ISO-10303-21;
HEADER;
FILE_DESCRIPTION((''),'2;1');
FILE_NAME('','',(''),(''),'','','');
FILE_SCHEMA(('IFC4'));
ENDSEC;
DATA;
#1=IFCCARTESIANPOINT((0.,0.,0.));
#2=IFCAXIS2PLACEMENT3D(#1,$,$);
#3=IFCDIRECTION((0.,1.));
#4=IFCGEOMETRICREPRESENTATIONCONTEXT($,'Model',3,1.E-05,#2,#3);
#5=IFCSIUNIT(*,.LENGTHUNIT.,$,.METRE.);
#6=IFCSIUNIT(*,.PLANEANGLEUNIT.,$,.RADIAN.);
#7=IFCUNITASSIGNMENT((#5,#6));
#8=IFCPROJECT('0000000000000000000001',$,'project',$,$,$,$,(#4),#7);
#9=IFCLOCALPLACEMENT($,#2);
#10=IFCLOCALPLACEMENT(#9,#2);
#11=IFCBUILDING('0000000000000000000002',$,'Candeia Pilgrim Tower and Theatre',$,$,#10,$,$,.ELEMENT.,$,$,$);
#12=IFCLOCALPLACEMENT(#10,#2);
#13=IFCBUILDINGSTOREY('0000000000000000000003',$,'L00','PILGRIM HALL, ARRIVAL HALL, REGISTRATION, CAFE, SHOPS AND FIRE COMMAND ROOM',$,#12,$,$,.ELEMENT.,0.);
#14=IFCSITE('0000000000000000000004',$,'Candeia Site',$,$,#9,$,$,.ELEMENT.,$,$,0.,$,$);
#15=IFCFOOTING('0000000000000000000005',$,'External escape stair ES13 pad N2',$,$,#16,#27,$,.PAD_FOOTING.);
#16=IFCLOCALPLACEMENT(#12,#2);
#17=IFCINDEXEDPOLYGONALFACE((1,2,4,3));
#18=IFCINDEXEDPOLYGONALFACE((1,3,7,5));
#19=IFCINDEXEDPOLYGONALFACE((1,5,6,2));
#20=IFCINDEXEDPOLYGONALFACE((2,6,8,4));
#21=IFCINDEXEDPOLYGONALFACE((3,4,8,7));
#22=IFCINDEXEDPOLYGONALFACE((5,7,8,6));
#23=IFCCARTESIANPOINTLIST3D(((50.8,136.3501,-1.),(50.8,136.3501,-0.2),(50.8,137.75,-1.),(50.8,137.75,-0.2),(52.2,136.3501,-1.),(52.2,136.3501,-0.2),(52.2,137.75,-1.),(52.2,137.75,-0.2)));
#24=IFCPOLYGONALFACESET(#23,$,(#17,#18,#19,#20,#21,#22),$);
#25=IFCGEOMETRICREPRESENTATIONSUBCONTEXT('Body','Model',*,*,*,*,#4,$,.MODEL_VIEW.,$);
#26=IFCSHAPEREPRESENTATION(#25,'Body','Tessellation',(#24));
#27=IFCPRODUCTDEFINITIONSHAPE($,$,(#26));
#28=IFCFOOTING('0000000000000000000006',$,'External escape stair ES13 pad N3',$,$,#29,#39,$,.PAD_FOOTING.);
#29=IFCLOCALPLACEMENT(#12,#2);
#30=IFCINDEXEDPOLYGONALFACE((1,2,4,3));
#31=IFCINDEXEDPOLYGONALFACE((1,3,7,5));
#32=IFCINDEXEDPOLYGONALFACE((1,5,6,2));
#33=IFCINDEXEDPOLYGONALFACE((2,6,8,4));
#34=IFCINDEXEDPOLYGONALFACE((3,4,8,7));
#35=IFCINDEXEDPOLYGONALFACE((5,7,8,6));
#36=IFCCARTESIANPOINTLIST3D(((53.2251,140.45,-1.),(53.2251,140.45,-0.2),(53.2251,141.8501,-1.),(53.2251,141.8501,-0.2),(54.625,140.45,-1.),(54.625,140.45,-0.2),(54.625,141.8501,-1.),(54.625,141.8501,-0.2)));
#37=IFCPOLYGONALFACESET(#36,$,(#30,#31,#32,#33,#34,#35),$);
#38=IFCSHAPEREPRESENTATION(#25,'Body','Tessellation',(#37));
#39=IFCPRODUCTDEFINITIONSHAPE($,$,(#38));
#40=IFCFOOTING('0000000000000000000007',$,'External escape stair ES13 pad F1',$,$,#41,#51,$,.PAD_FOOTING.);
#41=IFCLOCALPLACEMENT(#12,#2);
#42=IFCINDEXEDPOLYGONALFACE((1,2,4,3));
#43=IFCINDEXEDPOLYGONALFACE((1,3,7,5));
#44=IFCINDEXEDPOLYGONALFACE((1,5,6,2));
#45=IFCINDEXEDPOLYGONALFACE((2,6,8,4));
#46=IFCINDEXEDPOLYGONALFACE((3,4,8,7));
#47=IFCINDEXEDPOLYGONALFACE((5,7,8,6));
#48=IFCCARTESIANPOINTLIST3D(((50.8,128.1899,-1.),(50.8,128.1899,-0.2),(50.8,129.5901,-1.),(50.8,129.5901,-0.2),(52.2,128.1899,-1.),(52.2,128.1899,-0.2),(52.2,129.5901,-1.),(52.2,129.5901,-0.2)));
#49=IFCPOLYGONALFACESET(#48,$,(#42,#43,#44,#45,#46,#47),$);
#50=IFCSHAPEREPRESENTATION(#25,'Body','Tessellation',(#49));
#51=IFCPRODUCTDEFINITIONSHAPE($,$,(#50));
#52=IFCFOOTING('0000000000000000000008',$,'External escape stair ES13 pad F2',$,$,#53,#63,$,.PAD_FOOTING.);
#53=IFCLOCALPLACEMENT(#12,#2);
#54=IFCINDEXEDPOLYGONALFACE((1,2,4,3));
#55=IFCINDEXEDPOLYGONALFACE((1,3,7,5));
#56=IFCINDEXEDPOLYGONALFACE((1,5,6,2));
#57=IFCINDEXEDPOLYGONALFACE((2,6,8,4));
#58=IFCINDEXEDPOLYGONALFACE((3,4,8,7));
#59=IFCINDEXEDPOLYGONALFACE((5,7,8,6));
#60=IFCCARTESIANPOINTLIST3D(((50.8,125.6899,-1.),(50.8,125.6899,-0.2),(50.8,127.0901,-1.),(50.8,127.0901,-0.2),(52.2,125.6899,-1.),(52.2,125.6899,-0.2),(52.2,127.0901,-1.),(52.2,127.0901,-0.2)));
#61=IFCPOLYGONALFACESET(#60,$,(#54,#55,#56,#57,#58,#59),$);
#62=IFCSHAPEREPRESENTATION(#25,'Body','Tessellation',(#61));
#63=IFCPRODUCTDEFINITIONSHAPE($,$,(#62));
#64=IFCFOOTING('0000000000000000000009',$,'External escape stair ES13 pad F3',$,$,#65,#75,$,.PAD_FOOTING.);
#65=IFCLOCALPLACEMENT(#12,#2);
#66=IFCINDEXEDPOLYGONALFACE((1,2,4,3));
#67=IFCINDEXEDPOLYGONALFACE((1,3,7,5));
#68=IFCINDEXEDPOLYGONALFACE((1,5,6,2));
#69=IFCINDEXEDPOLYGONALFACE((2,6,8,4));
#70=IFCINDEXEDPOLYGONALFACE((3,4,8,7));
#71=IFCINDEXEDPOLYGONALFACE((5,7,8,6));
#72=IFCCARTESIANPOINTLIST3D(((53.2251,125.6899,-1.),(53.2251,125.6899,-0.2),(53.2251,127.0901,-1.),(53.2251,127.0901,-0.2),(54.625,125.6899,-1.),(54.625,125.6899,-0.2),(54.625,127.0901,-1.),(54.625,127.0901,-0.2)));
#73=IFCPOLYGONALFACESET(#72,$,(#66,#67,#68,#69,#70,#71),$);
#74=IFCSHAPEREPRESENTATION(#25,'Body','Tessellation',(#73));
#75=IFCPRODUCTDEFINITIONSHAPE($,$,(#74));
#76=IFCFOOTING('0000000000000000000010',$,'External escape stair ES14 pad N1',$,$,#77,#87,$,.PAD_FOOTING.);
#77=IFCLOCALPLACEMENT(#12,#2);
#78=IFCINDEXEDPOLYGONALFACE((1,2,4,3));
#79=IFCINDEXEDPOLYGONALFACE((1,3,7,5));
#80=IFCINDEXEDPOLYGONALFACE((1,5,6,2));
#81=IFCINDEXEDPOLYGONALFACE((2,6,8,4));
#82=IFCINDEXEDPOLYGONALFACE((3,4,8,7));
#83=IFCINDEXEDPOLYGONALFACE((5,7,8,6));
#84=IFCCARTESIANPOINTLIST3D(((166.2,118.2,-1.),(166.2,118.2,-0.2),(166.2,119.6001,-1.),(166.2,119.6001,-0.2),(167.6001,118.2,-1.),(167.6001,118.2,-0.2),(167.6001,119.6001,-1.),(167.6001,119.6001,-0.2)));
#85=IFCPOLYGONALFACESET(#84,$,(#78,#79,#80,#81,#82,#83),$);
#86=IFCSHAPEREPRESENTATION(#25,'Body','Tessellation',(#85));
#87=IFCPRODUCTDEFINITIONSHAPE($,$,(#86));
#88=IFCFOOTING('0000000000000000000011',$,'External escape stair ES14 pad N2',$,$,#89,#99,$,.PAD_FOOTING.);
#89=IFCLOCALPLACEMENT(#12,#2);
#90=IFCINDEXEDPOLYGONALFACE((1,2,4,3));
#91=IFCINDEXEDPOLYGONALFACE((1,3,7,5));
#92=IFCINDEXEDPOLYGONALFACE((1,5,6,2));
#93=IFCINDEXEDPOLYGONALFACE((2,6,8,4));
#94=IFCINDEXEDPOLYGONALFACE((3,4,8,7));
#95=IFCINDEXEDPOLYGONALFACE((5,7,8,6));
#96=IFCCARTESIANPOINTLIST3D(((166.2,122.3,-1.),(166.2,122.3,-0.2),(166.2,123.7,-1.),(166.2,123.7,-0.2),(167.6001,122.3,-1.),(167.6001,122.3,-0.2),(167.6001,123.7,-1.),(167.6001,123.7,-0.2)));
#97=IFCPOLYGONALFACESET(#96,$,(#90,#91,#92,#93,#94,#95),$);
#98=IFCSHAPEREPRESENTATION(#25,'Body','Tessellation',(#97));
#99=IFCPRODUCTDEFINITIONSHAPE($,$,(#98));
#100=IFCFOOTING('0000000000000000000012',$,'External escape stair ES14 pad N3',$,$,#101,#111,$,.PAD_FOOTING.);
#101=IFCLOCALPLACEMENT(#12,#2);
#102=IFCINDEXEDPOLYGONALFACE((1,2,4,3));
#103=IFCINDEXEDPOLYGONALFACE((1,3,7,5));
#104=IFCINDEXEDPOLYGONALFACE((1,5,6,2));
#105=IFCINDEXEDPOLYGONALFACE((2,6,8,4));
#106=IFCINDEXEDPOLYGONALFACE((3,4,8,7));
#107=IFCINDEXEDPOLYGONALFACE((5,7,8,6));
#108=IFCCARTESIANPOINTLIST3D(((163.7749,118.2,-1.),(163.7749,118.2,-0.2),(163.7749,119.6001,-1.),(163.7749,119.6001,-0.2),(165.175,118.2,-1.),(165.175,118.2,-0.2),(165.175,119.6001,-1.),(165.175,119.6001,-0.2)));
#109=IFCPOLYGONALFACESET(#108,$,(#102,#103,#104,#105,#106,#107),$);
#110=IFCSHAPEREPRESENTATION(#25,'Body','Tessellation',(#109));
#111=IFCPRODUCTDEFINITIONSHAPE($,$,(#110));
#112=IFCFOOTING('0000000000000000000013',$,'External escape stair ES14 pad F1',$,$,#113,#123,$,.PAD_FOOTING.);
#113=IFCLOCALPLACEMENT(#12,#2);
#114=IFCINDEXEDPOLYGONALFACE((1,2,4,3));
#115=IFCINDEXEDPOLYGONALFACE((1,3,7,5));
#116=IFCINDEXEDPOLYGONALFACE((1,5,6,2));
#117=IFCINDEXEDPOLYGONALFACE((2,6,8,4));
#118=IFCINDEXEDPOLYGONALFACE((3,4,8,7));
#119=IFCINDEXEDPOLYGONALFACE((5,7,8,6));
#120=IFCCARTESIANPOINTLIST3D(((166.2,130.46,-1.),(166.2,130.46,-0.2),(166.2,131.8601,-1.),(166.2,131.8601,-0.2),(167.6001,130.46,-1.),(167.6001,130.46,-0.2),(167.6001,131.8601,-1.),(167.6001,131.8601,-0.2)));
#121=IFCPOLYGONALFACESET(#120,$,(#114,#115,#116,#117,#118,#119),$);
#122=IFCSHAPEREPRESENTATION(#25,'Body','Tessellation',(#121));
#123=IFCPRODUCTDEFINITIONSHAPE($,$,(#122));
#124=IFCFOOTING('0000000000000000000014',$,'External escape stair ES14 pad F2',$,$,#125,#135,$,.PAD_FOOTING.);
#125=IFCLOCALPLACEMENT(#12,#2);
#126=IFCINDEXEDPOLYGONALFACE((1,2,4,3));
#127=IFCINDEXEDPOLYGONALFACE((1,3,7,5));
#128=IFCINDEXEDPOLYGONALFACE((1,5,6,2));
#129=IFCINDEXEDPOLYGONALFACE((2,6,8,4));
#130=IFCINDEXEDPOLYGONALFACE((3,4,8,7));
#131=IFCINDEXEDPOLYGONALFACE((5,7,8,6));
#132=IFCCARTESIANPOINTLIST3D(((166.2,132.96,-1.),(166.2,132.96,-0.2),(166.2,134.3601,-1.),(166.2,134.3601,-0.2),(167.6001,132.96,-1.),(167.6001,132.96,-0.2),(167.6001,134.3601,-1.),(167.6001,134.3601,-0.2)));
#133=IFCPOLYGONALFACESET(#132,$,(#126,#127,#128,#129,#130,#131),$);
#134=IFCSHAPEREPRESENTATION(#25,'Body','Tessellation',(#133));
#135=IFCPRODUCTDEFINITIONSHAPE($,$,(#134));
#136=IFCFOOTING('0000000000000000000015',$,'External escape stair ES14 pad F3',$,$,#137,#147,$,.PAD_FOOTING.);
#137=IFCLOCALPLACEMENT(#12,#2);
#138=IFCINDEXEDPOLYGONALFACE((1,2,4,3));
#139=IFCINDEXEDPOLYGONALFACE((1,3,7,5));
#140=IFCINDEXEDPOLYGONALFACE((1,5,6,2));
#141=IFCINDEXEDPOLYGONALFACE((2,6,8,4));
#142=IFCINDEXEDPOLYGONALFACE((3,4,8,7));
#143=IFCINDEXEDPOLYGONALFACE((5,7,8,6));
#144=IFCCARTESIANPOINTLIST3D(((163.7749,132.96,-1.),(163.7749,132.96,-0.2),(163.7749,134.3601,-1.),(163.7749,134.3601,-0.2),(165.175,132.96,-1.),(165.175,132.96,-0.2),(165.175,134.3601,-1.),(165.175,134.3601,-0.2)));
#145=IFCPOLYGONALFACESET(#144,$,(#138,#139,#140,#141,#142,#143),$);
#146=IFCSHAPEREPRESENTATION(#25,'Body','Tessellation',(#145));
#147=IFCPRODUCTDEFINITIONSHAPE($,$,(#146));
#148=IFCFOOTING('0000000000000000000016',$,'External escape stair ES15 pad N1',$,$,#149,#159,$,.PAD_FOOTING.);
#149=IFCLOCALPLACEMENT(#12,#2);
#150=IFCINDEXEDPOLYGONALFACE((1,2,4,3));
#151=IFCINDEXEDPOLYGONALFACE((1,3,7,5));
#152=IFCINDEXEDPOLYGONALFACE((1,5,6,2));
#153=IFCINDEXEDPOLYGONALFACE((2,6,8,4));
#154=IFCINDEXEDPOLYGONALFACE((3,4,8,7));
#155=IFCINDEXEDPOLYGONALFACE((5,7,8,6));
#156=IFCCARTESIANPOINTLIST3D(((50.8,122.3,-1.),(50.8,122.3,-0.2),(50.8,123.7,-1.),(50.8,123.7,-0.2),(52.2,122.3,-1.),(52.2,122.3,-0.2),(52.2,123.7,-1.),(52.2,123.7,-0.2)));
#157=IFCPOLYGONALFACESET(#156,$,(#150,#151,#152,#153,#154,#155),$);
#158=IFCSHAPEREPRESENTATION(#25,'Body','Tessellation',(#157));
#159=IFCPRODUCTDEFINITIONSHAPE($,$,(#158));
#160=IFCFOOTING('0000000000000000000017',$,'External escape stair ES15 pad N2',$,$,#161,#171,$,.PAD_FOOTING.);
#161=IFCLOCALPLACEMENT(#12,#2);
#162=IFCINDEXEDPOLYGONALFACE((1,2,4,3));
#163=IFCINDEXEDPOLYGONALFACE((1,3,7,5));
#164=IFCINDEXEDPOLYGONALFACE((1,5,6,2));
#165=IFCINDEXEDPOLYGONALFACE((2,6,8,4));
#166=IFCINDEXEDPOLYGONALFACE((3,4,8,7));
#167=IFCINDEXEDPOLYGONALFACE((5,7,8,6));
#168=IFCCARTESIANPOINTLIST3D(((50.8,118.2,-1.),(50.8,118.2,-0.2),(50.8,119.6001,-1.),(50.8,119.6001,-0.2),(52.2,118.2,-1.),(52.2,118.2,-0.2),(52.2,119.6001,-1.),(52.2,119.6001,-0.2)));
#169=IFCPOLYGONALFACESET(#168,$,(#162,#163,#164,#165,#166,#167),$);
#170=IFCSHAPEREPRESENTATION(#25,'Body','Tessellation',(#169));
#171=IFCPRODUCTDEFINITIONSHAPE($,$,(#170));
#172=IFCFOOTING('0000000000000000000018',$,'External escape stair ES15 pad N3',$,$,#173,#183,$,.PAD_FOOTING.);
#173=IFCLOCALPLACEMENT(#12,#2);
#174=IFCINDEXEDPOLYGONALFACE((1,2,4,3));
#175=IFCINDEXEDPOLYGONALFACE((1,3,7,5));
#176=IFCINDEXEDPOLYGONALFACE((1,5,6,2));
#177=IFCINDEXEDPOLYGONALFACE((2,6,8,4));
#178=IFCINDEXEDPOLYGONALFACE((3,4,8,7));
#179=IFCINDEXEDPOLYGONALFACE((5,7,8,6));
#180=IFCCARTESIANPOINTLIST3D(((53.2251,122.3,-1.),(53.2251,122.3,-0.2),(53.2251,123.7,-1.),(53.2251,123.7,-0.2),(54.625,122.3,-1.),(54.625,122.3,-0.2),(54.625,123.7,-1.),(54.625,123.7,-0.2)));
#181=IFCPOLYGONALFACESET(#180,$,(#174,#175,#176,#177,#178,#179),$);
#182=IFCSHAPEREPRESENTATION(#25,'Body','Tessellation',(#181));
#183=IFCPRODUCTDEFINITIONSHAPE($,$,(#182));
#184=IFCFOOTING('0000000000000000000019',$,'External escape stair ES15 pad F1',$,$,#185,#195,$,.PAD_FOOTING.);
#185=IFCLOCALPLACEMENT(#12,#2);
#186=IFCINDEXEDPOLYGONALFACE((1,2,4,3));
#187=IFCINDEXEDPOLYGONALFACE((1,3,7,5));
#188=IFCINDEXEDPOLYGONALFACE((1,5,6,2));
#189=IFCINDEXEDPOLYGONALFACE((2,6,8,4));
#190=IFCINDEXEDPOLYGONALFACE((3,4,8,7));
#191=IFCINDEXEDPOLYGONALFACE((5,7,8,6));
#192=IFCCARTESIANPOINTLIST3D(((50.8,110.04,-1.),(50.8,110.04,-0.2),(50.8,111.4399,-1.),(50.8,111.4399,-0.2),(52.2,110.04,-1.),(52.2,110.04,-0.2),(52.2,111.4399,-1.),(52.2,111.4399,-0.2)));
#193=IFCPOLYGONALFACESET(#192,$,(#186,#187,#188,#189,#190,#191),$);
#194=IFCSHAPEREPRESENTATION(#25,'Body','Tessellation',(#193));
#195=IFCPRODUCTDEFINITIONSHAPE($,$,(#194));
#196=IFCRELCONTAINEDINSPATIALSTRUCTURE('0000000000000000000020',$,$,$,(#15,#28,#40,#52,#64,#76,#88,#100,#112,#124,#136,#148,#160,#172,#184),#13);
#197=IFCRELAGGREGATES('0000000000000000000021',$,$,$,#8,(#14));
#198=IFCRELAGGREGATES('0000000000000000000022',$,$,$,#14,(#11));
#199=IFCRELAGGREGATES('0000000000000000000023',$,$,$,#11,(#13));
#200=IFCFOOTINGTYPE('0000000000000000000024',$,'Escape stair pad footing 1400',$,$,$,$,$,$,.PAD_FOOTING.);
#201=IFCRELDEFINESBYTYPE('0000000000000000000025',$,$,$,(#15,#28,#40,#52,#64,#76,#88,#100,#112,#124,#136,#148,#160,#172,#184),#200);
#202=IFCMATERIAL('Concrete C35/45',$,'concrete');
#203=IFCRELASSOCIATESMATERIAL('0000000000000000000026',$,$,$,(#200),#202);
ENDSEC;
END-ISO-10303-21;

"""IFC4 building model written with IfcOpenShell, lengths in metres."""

from ifc_helpers import new_model, si_unit, direction, frame, origin, place, context, subcontext, project, spatial, polyline, outline, extrude, material, type_object, element, save


model = new_model("IFC4")

# Units and contexts
model_context = context("Model", 3, precision=1e-05, world=origin(), true_north=direction((0.0, 1.0)))
body_context = subcontext(model_context, "Body", "Model", "MODEL_VIEW")
ifc_project = project(units=[si_unit("LENGTHUNIT", "METRE"), si_unit("PLANEANGLEUNIT", "RADIAN")], contexts=[model_context])

# Site, building, storey
site_placement = place(None, origin())
site = spatial("IfcSite", under=ifc_project, at=site_placement, Name="Candeia Site", CompositionType="ELEMENT", RefElevation=0.0)
building_placement = place(site_placement, origin())
building = spatial("IfcBuilding", under=site, at=building_placement, Name="Candeia Pilgrim Tower and Theatre", CompositionType="ELEMENT")
storey_placement = place(building_placement, origin())
storey = spatial("IfcBuildingStorey", under=building, at=storey_placement, Name="L00", Description="PILGRIM HALL, ARRIVAL HALL, REGISTRATION, CAFE, SHOPS AND FIRE COMMAND ROOM", CompositionType="ELEMENT", Elevation=0.0)

# Footings
ifc_material_1 = material(Name="Concrete C35/45", Category="concrete")
footing_type = type_object("IfcFootingType", Name="Escape stair pad footing 1400", PredefinedType="PAD_FOOTING", material=ifc_material_1)
footing_1_placement = place(storey_placement, frame((0.0, 0.0, -1.0)))
element("IfcFooting", 1, at=footing_1_placement, inside=storey, type_object=footing_type, Name="External escape stair ES13 pad N2", PredefinedType="PAD_FOOTING", context=body_context, shape_type="SweptSolid", body=[
    extrude(outline(polyline([(50.8, 136.3501), (52.2, 136.3501), (52.2, 137.75), (50.8, 137.75), (50.8, 136.3501)])), origin(), (0.0, 0.0, 1.0), 0.8),
])
footing_2_placement = place(storey_placement, frame((0.0, 0.0, -1.0)))
element("IfcFooting", 2, at=footing_2_placement, inside=storey, type_object=footing_type, Name="External escape stair ES13 pad N3", PredefinedType="PAD_FOOTING", context=body_context, shape_type="SweptSolid", body=[
    extrude(outline(polyline([(53.2251, 140.45), (54.625, 140.45), (54.625, 141.8501), (53.2251, 141.8501), (53.2251, 140.45)])), origin(), (0.0, 0.0, 1.0), 0.8),
])
footing_3_placement = place(storey_placement, frame((0.0, 0.0, -1.0)))
element("IfcFooting", 3, at=footing_3_placement, inside=storey, type_object=footing_type, Name="External escape stair ES13 pad F1", PredefinedType="PAD_FOOTING", context=body_context, shape_type="SweptSolid", body=[
    extrude(outline(polyline([(50.8, 128.1899), (52.2, 128.1899), (52.2, 129.5901), (50.8, 129.5901), (50.8, 128.1899)])), origin(), (0.0, 0.0, 1.0), 0.8),
])
footing_4_placement = place(storey_placement, frame((0.0, 0.0, -1.0)))
element("IfcFooting", 4, at=footing_4_placement, inside=storey, type_object=footing_type, Name="External escape stair ES13 pad F2", PredefinedType="PAD_FOOTING", context=body_context, shape_type="SweptSolid", body=[
    extrude(outline(polyline([(50.8, 125.6899), (52.2, 125.6899), (52.2, 127.0901), (50.8, 127.0901), (50.8, 125.6899)])), origin(), (0.0, 0.0, 1.0), 0.8),
])
footing_5_placement = place(storey_placement, frame((0.0, 0.0, -1.0)))
element("IfcFooting", 5, at=footing_5_placement, inside=storey, type_object=footing_type, Name="External escape stair ES13 pad F3", PredefinedType="PAD_FOOTING", context=body_context, shape_type="SweptSolid", body=[
    extrude(outline(polyline([(53.2251, 125.6899), (54.625, 125.6899), (54.625, 127.0901), (53.2251, 127.0901), (53.2251, 125.6899)])), origin(), (0.0, 0.0, 1.0), 0.8),
])
footing_6_placement = place(storey_placement, frame((0.0, 0.0, -1.0)))
element("IfcFooting", 6, at=footing_6_placement, inside=storey, type_object=footing_type, Name="External escape stair ES14 pad N1", PredefinedType="PAD_FOOTING", context=body_context, shape_type="SweptSolid", body=[
    extrude(outline(polyline([(166.2, 118.2), (167.6001, 118.2), (167.6001, 119.6001), (166.2, 119.6001), (166.2, 118.2)])), origin(), (0.0, 0.0, 1.0), 0.8),
])
footing_7_placement = place(storey_placement, frame((0.0, 0.0, -1.0)))
element("IfcFooting", 7, at=footing_7_placement, inside=storey, type_object=footing_type, Name="External escape stair ES14 pad N2", PredefinedType="PAD_FOOTING", context=body_context, shape_type="SweptSolid", body=[
    extrude(outline(polyline([(166.2, 122.3), (167.6001, 122.3), (167.6001, 123.7), (166.2, 123.7), (166.2, 122.3)])), origin(), (0.0, 0.0, 1.0), 0.8),
])
footing_8_placement = place(storey_placement, frame((0.0, 0.0, -1.0)))
element("IfcFooting", 8, at=footing_8_placement, inside=storey, type_object=footing_type, Name="External escape stair ES14 pad N3", PredefinedType="PAD_FOOTING", context=body_context, shape_type="SweptSolid", body=[
    extrude(outline(polyline([(163.7749, 118.2), (165.175, 118.2), (165.175, 119.6001), (163.7749, 119.6001), (163.7749, 118.2)])), origin(), (0.0, 0.0, 1.0), 0.8),
])
footing_9_placement = place(storey_placement, frame((0.0, 0.0, -1.0)))
element("IfcFooting", 9, at=footing_9_placement, inside=storey, type_object=footing_type, Name="External escape stair ES14 pad F1", PredefinedType="PAD_FOOTING", context=body_context, shape_type="SweptSolid", body=[
    extrude(outline(polyline([(166.2, 130.46), (167.6001, 130.46), (167.6001, 131.8601), (166.2, 131.8601), (166.2, 130.46)])), origin(), (0.0, 0.0, 1.0), 0.8),
])
footing_10_placement = place(storey_placement, frame((0.0, 0.0, -1.0)))
element("IfcFooting", 10, at=footing_10_placement, inside=storey, type_object=footing_type, Name="External escape stair ES14 pad F2", PredefinedType="PAD_FOOTING", context=body_context, shape_type="SweptSolid", body=[
    extrude(outline(polyline([(166.2, 132.96), (167.6001, 132.96), (167.6001, 134.3601), (166.2, 134.3601), (166.2, 132.96)])), origin(), (0.0, 0.0, 1.0), 0.8),
])
footing_11_placement = place(storey_placement, frame((0.0, 0.0, -1.0)))
element("IfcFooting", 11, at=footing_11_placement, inside=storey, type_object=footing_type, Name="External escape stair ES14 pad F3", PredefinedType="PAD_FOOTING", context=body_context, shape_type="SweptSolid", body=[
    extrude(outline(polyline([(163.7749, 132.96), (165.175, 132.96), (165.175, 134.3601), (163.7749, 134.3601), (163.7749, 132.96)])), origin(), (0.0, 0.0, 1.0), 0.8),
])
footing_12_placement = place(storey_placement, frame((0.0, 0.0, -1.0)))
element("IfcFooting", 12, at=footing_12_placement, inside=storey, type_object=footing_type, Name="External escape stair ES15 pad N1", PredefinedType="PAD_FOOTING", context=body_context, shape_type="SweptSolid", body=[
    extrude(outline(polyline([(50.8, 122.3), (52.2, 122.3), (52.2, 123.7), (50.8, 123.7), (50.8, 122.3)])), origin(), (0.0, 0.0, 1.0), 0.8),
])
footing_13_placement = place(storey_placement, frame((0.0, 0.0, -1.0)))
element("IfcFooting", 13, at=footing_13_placement, inside=storey, type_object=footing_type, Name="External escape stair ES15 pad N2", PredefinedType="PAD_FOOTING", context=body_context, shape_type="SweptSolid", body=[
    extrude(outline(polyline([(50.8, 118.2), (52.2, 118.2), (52.2, 119.6001), (50.8, 119.6001), (50.8, 118.2)])), origin(), (0.0, 0.0, 1.0), 0.8),
])
footing_14_placement = place(storey_placement, frame((0.0, 0.0, -1.0)))
element("IfcFooting", 14, at=footing_14_placement, inside=storey, type_object=footing_type, Name="External escape stair ES15 pad N3", PredefinedType="PAD_FOOTING", context=body_context, shape_type="SweptSolid", body=[
    extrude(outline(polyline([(53.2251, 122.3), (54.625, 122.3), (54.625, 123.7), (53.2251, 123.7), (53.2251, 122.3)])), origin(), (0.0, 0.0, 1.0), 0.8),
])
footing_15_placement = place(storey_placement, frame((0.0, 0.0, -1.0)))
element("IfcFooting", 15, at=footing_15_placement, inside=storey, type_object=footing_type, Name="External escape stair ES15 pad F1", PredefinedType="PAD_FOOTING", context=body_context, shape_type="SweptSolid", body=[
    extrude(outline(polyline([(50.8, 110.04), (52.2, 110.04), (52.2, 111.4399), (50.8, 111.4399), (50.8, 110.04)])), origin(), (0.0, 0.0, 1.0), 0.8),
])

save(model, "model.ifc")
